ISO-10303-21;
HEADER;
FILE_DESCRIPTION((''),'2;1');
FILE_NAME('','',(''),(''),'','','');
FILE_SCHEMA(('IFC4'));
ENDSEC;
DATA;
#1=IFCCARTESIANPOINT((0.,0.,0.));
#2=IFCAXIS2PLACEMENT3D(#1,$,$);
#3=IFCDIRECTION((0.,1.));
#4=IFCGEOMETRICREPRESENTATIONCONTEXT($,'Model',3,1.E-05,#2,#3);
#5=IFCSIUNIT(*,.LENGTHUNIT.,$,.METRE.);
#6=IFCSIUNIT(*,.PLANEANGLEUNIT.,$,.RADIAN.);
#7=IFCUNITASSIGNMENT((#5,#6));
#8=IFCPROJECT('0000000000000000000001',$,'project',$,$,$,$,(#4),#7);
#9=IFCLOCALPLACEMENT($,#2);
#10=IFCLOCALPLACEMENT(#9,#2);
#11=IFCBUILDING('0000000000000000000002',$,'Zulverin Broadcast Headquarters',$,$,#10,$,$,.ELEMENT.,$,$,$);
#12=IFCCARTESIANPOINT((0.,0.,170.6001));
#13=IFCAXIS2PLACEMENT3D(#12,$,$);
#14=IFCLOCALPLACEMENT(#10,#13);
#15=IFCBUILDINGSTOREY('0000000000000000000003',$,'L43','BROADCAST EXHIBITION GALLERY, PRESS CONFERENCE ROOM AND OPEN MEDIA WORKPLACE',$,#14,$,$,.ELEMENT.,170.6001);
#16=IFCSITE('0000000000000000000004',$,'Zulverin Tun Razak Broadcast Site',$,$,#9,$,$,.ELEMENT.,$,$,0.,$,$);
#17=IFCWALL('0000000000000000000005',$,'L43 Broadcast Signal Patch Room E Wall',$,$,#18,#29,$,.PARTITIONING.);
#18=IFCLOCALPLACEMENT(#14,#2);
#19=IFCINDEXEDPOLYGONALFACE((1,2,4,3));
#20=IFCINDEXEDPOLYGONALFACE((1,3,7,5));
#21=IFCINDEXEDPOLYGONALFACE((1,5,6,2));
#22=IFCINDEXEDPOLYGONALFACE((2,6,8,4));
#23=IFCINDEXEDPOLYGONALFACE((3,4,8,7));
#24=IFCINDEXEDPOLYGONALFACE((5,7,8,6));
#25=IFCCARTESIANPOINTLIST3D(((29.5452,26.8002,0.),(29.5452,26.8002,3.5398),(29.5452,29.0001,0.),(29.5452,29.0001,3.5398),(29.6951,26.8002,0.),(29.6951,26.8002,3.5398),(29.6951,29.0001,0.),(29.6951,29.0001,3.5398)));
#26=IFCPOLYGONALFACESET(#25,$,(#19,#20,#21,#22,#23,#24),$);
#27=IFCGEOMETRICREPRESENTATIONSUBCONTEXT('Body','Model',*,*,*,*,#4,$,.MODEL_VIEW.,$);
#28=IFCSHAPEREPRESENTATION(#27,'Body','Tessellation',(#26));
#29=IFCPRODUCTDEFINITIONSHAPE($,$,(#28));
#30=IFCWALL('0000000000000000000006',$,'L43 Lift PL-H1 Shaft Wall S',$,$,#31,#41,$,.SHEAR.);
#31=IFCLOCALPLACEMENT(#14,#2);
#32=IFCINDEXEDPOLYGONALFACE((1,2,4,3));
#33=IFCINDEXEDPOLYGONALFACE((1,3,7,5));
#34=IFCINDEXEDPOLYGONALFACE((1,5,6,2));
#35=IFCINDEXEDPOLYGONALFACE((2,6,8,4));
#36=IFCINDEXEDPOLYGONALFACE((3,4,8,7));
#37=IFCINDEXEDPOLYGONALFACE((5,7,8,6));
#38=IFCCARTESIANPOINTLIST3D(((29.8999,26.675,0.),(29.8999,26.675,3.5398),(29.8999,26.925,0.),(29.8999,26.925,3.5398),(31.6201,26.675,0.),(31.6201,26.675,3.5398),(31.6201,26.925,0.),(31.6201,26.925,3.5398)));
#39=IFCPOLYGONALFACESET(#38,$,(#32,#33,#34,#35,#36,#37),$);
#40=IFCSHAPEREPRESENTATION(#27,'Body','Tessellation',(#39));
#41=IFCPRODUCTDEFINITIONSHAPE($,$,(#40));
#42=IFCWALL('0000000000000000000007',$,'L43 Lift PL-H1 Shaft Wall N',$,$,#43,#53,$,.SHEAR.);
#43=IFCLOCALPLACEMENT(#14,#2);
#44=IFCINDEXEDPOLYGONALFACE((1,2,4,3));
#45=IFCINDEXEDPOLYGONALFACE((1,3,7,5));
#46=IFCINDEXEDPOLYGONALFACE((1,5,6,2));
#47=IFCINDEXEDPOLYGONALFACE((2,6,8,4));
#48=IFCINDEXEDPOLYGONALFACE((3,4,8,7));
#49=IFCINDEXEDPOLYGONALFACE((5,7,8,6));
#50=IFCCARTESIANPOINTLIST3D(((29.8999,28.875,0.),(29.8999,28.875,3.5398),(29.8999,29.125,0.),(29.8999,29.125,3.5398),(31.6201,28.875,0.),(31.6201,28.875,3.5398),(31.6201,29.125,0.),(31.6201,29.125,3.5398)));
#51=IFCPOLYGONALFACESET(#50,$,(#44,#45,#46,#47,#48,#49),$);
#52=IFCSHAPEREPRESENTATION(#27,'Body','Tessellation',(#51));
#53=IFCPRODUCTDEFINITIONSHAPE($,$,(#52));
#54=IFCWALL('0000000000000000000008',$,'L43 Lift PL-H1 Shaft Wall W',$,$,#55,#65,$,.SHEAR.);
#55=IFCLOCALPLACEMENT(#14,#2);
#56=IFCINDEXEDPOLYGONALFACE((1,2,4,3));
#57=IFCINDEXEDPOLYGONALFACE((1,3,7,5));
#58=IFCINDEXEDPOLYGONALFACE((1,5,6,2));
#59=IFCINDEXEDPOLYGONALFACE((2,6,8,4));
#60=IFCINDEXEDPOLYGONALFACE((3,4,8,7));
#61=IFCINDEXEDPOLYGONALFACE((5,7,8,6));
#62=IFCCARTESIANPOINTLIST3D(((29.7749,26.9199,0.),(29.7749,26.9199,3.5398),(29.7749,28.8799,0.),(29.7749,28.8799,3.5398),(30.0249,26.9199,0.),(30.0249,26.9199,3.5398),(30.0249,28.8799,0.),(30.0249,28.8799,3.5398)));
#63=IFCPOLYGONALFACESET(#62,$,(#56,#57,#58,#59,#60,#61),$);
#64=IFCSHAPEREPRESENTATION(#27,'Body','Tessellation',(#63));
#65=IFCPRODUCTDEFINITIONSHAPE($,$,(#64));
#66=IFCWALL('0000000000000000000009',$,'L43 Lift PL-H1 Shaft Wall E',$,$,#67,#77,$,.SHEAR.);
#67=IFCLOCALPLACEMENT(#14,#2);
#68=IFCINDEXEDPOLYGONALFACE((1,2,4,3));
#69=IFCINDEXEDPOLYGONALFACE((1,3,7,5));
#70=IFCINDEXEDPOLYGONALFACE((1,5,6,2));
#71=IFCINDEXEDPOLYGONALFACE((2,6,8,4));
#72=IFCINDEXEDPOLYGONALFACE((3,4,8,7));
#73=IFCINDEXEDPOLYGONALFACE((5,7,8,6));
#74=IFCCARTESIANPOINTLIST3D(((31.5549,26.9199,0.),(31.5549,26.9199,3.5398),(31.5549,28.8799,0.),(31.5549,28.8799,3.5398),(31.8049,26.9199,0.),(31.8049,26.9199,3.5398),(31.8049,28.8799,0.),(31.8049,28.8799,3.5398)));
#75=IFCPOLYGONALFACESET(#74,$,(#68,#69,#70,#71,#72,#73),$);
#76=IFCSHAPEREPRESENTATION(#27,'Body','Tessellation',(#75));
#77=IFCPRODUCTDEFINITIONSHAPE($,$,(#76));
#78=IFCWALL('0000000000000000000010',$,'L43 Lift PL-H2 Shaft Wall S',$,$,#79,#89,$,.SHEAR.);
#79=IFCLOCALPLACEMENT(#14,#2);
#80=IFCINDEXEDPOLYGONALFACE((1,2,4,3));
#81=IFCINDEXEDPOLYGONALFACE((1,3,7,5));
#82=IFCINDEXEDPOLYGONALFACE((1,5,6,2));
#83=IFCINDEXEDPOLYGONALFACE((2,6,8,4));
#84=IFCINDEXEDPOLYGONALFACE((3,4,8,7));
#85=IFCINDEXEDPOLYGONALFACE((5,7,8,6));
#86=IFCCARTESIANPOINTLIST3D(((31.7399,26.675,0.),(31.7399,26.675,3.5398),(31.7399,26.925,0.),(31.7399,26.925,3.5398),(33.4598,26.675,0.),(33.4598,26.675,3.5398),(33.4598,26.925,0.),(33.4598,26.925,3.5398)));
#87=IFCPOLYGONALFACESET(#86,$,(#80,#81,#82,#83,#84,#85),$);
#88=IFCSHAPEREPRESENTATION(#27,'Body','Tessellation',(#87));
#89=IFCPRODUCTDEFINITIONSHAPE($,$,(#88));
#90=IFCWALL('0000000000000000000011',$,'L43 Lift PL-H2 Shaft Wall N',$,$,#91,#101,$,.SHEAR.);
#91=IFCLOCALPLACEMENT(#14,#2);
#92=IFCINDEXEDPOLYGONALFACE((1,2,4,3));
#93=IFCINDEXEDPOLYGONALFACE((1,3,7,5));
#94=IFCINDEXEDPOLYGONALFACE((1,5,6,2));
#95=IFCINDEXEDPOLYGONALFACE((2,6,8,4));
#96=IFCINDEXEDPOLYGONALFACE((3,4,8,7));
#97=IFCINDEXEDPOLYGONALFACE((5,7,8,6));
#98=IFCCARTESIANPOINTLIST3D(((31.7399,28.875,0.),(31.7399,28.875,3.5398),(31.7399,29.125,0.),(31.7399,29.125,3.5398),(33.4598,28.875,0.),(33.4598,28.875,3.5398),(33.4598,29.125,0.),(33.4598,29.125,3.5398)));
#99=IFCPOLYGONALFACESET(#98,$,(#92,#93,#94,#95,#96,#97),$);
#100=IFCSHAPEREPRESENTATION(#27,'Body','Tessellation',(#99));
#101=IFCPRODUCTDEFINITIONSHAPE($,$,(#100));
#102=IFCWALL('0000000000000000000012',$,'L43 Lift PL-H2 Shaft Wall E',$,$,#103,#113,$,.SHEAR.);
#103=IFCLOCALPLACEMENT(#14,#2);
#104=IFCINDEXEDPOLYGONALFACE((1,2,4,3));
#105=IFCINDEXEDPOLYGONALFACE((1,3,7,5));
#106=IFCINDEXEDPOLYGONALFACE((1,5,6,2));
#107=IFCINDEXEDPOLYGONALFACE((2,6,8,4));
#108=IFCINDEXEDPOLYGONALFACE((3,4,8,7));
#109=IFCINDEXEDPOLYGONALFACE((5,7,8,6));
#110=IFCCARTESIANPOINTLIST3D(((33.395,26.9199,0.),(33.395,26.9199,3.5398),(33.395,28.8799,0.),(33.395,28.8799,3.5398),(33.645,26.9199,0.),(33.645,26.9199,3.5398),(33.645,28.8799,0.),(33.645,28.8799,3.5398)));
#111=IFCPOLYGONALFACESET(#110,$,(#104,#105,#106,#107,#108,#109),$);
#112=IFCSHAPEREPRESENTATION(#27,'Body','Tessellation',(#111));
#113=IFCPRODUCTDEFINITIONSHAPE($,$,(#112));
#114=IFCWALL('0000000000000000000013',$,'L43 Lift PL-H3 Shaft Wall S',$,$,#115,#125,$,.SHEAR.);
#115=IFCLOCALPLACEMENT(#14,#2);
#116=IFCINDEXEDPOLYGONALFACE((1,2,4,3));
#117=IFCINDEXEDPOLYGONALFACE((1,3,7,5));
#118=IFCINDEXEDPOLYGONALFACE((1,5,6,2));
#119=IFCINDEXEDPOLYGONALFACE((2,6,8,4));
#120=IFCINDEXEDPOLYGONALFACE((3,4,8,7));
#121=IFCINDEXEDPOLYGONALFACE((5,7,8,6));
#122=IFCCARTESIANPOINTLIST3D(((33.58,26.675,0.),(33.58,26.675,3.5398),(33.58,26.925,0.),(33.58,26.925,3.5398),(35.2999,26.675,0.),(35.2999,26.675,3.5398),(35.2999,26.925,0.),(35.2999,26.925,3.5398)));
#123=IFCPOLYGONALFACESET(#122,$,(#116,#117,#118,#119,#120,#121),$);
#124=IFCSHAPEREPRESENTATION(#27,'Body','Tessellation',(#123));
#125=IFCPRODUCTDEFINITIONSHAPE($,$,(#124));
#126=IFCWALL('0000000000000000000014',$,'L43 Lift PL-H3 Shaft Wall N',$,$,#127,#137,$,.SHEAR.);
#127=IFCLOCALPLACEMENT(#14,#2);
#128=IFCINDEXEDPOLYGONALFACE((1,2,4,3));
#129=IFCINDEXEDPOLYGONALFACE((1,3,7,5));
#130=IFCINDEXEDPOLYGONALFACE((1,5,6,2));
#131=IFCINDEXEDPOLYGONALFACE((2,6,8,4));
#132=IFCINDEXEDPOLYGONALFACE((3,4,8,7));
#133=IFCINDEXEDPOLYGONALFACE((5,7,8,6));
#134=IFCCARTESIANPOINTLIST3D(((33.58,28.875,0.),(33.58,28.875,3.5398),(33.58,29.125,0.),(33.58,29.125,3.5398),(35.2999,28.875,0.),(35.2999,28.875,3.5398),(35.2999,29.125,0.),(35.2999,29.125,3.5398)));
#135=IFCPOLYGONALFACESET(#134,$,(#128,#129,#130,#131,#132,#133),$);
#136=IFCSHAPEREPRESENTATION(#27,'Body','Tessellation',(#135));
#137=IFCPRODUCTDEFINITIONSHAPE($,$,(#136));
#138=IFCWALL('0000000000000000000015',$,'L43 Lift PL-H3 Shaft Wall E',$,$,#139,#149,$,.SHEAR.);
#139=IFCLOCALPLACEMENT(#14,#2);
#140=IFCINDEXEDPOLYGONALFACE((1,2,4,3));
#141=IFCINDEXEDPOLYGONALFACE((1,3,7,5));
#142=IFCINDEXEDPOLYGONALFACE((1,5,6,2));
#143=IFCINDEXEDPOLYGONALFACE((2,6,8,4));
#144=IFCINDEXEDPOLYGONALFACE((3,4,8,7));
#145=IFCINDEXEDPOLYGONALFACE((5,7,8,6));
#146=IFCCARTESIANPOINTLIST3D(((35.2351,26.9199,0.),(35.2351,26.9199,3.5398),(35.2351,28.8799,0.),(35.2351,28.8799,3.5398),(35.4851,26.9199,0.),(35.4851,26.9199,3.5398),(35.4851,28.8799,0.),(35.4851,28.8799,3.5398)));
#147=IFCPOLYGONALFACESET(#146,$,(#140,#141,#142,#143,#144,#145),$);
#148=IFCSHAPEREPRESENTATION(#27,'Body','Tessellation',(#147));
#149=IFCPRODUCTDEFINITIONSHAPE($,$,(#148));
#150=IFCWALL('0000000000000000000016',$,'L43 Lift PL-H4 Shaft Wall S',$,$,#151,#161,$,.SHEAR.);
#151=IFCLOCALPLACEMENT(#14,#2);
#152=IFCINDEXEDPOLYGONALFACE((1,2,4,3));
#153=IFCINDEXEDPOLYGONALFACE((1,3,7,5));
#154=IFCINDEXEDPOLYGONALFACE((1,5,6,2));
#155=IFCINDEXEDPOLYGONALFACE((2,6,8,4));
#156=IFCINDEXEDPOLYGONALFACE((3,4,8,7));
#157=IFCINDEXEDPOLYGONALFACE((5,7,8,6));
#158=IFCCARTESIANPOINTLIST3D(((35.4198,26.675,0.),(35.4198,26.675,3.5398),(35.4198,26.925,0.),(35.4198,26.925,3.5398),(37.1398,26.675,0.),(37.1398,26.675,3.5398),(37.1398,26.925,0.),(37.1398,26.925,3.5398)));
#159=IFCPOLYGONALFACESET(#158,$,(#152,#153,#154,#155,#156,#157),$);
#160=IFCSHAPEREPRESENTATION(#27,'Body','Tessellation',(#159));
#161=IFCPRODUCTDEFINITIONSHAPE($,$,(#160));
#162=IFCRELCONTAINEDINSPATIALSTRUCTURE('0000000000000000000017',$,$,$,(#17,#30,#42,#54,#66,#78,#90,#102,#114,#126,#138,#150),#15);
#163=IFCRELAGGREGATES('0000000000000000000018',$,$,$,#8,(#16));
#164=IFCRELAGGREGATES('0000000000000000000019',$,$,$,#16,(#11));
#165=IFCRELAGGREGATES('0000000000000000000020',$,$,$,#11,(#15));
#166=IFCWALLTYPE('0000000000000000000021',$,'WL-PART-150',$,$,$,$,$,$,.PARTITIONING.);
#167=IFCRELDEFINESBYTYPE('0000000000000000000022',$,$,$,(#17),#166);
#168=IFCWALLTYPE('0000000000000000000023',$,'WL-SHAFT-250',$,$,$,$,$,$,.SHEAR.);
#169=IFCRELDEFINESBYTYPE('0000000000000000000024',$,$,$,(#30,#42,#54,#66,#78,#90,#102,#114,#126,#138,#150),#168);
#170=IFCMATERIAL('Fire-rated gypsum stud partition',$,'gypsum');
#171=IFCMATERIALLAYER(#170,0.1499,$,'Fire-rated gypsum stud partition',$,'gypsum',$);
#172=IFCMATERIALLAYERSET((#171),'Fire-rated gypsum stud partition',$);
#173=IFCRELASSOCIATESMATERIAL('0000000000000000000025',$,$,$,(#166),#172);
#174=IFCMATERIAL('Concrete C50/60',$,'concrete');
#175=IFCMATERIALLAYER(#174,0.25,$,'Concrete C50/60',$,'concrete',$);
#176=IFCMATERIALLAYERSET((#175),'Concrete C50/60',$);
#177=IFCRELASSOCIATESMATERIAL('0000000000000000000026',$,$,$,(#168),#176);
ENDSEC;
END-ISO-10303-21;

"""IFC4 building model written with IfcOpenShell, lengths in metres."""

from ifc_helpers import new_model, si_unit, direction, frame, frame_2d, origin, place, context, subcontext, project, spatial, rectangle, extrude, material, layer, layer_set, type_object, element, save


model = new_model("IFC4")

# Units and contexts
model_context = context("Model", 3, precision=1e-05, world=origin(), true_north=direction((0.0, 1.0)))
body_context = subcontext(model_context, "Body", "Model", "MODEL_VIEW")
ifc_project = project(units=[si_unit("LENGTHUNIT", "METRE"), si_unit("PLANEANGLEUNIT", "RADIAN")], contexts=[model_context])

# Site, building, storey
site_placement = place(None, origin())
site = spatial("IfcSite", under=ifc_project, at=site_placement, Name="Zulverin Tun Razak Broadcast Site", CompositionType="ELEMENT", RefElevation=0.0)
building_placement = place(site_placement, origin())
building = spatial("IfcBuilding", under=site, at=building_placement, Name="Zulverin Broadcast Headquarters", CompositionType="ELEMENT")
storey_placement = place(building_placement, frame((0.0, 0.0, 170.6001)))
storey = spatial("IfcBuildingStorey", under=building, at=storey_placement, Name="L43", Description="BROADCAST EXHIBITION GALLERY, PRESS CONFERENCE ROOM AND OPEN MEDIA WORKPLACE", CompositionType="ELEMENT", Elevation=170.6001)

# Wall
ifc_material_1 = material(Name="Fire-rated gypsum stud partition", Category="gypsum")
ifc_layer_1 = layer(ifc_material_1, 0.1499, Name="Fire-rated gypsum stud partition", Category="gypsum")
ifc_layer_set_1 = layer_set([ifc_layer_1], Name="Fire-rated gypsum stud partition")
wall_type_1 = type_object("IfcWallType", Name="WL-PART-150", PredefinedType="PARTITIONING", material=ifc_layer_set_1)
wall_1_placement = place(storey_placement, frame((29.6201, 26.8, 0.0), z_axis=(0.0, 0.0, 1.0), x_axis=(0.0, 1.0, 0.0)))
element("IfcWall", 1, at=wall_1_placement, inside=storey, type_object=wall_type_1, Name="L43 Broadcast Signal Patch Room E Wall", PredefinedType="PARTITIONING", context=body_context, shape_type="SweptSolid", body=[
    extrude(rectangle(XDim=2.2, YDim=0.1499, at=frame_2d((1.1001, 0.0))), origin(), (0.0, 0.0, 1.0), 3.5398),
])

# Shared definitions
ifc_material_2 = material(Name="Concrete C50/60", Category="concrete")
ifc_layer_2 = layer(ifc_material_2, 0.25, Name="Concrete C50/60", Category="concrete")
ifc_layer_set_2 = layer_set([ifc_layer_2], Name="Concrete C50/60")
wall_type_2 = type_object("IfcWallType", Name="WL-SHAFT-250", PredefinedType="SHEAR", material=ifc_layer_set_2)

# Walls
for number, where, z_axis, x_axis, name in (
    (2, (29.8999, 26.8, 0.0), (0.0, 0.0, 1.0), (1.0, 0.0, 0.0), "L43 Lift PL-H1 Shaft Wall S"),
    (3, (29.8999, 29.0, 0.0), (0.0, 0.0, 1.0), (1.0, 0.0, 0.0), "L43 Lift PL-H1 Shaft Wall N"),
):
    element("IfcWall", number, at=place(storey_placement, frame(where, z_axis=z_axis, x_axis=x_axis)), inside=storey, type_object=wall_type_2, Name=name, PredefinedType="SHEAR", context=body_context, shape_type="SweptSolid", body=[
        extrude(rectangle(XDim=1.7202, YDim=0.25, at=frame_2d((0.8601, 0.0))), origin(), (0.0, 0.0, 1.0), 3.5398),
    ])
for number, where, z_axis, x_axis, name in (
    (4, (29.8999, 26.9199, 0.0), (0.0, 0.0, 1.0), (0.0, 1.0, 0.0), "L43 Lift PL-H1 Shaft Wall W"),
    (5, (31.6799, 26.9199, 0.0), (0.0, 0.0, 1.0), (0.0, 1.0, 0.0), "L43 Lift PL-H1 Shaft Wall E"),
):
    element("IfcWall", number, at=place(storey_placement, frame(where, z_axis=z_axis, x_axis=x_axis)), inside=storey, type_object=wall_type_2, Name=name, PredefinedType="SHEAR", context=body_context, shape_type="SweptSolid", body=[
        extrude(rectangle(XDim=1.96, YDim=0.25, at=frame_2d((0.98, 0.0))), origin(), (0.0, 0.0, 1.0), 3.5398),
    ])
for number, where, z_axis, x_axis, name in (
    (6, (31.74, 26.8, 0.0), (0.0, 0.0, 1.0), (1.0, 0.0, 0.0), "L43 Lift PL-H2 Shaft Wall S"),
    (7, (31.74, 29.0, 0.0), (0.0, 0.0, 1.0), (1.0, 0.0, 0.0), "L43 Lift PL-H2 Shaft Wall N"),
):
    element("IfcWall", number, at=place(storey_placement, frame(where, z_axis=z_axis, x_axis=x_axis)), inside=storey, type_object=wall_type_2, Name=name, PredefinedType="SHEAR", context=body_context, shape_type="SweptSolid", body=[
        extrude(rectangle(XDim=1.72, YDim=0.25, at=frame_2d((0.8599, 0.0))), origin(), (0.0, 0.0, 1.0), 3.5398),
    ])
wall_2_placement = place(storey_placement, frame((33.52, 26.9199, 0.0), z_axis=(0.0, 0.0, 1.0), x_axis=(0.0, 1.0, 0.0)))
element("IfcWall", 8, at=wall_2_placement, inside=storey, type_object=wall_type_2, Name="L43 Lift PL-H2 Shaft Wall E", PredefinedType="SHEAR", context=body_context, shape_type="SweptSolid", body=[
    extrude(rectangle(XDim=1.96, YDim=0.25, at=frame_2d((0.98, 0.0))), origin(), (0.0, 0.0, 1.0), 3.5398),
])
for number, where, z_axis, x_axis, name in (
    (9, (33.5801, 26.8, 0.0), (0.0, 0.0, 1.0), (1.0, 0.0, 0.0), "L43 Lift PL-H3 Shaft Wall S"),
    (10, (33.5801, 29.0, 0.0), (0.0, 0.0, 1.0), (1.0, 0.0, 0.0), "L43 Lift PL-H3 Shaft Wall N"),
):
    element("IfcWall", number, at=place(storey_placement, frame(where, z_axis=z_axis, x_axis=x_axis)), inside=storey, type_object=wall_type_2, Name=name, PredefinedType="SHEAR", context=body_context, shape_type="SweptSolid", body=[
        extrude(rectangle(XDim=1.72, YDim=0.25, at=frame_2d((0.8599, 0.0))), origin(), (0.0, 0.0, 1.0), 3.5398),
    ])
wall_3_placement = place(storey_placement, frame((35.3601, 26.9199, 0.0), z_axis=(0.0, 0.0, 1.0), x_axis=(0.0, 1.0, 0.0)))
element("IfcWall", 11, at=wall_3_placement, inside=storey, type_object=wall_type_2, Name="L43 Lift PL-H3 Shaft Wall E", PredefinedType="SHEAR", context=body_context, shape_type="SweptSolid", body=[
    extrude(rectangle(XDim=1.96, YDim=0.25, at=frame_2d((0.98, 0.0))), origin(), (0.0, 0.0, 1.0), 3.5398),
])
wall_4_placement = place(storey_placement, frame((35.4199, 26.8, 0.0), z_axis=(0.0, 0.0, 1.0), x_axis=(1.0, 0.0, 0.0)))
element("IfcWall", 12, at=wall_4_placement, inside=storey, type_object=wall_type_2, Name="L43 Lift PL-H4 Shaft Wall S", PredefinedType="SHEAR", context=body_context, shape_type="SweptSolid", body=[
    extrude(rectangle(XDim=1.72, YDim=0.25, at=frame_2d((0.8599, 0.0))), origin(), (0.0, 0.0, 1.0), 3.5398),
])

save(model, "model.ifc")
